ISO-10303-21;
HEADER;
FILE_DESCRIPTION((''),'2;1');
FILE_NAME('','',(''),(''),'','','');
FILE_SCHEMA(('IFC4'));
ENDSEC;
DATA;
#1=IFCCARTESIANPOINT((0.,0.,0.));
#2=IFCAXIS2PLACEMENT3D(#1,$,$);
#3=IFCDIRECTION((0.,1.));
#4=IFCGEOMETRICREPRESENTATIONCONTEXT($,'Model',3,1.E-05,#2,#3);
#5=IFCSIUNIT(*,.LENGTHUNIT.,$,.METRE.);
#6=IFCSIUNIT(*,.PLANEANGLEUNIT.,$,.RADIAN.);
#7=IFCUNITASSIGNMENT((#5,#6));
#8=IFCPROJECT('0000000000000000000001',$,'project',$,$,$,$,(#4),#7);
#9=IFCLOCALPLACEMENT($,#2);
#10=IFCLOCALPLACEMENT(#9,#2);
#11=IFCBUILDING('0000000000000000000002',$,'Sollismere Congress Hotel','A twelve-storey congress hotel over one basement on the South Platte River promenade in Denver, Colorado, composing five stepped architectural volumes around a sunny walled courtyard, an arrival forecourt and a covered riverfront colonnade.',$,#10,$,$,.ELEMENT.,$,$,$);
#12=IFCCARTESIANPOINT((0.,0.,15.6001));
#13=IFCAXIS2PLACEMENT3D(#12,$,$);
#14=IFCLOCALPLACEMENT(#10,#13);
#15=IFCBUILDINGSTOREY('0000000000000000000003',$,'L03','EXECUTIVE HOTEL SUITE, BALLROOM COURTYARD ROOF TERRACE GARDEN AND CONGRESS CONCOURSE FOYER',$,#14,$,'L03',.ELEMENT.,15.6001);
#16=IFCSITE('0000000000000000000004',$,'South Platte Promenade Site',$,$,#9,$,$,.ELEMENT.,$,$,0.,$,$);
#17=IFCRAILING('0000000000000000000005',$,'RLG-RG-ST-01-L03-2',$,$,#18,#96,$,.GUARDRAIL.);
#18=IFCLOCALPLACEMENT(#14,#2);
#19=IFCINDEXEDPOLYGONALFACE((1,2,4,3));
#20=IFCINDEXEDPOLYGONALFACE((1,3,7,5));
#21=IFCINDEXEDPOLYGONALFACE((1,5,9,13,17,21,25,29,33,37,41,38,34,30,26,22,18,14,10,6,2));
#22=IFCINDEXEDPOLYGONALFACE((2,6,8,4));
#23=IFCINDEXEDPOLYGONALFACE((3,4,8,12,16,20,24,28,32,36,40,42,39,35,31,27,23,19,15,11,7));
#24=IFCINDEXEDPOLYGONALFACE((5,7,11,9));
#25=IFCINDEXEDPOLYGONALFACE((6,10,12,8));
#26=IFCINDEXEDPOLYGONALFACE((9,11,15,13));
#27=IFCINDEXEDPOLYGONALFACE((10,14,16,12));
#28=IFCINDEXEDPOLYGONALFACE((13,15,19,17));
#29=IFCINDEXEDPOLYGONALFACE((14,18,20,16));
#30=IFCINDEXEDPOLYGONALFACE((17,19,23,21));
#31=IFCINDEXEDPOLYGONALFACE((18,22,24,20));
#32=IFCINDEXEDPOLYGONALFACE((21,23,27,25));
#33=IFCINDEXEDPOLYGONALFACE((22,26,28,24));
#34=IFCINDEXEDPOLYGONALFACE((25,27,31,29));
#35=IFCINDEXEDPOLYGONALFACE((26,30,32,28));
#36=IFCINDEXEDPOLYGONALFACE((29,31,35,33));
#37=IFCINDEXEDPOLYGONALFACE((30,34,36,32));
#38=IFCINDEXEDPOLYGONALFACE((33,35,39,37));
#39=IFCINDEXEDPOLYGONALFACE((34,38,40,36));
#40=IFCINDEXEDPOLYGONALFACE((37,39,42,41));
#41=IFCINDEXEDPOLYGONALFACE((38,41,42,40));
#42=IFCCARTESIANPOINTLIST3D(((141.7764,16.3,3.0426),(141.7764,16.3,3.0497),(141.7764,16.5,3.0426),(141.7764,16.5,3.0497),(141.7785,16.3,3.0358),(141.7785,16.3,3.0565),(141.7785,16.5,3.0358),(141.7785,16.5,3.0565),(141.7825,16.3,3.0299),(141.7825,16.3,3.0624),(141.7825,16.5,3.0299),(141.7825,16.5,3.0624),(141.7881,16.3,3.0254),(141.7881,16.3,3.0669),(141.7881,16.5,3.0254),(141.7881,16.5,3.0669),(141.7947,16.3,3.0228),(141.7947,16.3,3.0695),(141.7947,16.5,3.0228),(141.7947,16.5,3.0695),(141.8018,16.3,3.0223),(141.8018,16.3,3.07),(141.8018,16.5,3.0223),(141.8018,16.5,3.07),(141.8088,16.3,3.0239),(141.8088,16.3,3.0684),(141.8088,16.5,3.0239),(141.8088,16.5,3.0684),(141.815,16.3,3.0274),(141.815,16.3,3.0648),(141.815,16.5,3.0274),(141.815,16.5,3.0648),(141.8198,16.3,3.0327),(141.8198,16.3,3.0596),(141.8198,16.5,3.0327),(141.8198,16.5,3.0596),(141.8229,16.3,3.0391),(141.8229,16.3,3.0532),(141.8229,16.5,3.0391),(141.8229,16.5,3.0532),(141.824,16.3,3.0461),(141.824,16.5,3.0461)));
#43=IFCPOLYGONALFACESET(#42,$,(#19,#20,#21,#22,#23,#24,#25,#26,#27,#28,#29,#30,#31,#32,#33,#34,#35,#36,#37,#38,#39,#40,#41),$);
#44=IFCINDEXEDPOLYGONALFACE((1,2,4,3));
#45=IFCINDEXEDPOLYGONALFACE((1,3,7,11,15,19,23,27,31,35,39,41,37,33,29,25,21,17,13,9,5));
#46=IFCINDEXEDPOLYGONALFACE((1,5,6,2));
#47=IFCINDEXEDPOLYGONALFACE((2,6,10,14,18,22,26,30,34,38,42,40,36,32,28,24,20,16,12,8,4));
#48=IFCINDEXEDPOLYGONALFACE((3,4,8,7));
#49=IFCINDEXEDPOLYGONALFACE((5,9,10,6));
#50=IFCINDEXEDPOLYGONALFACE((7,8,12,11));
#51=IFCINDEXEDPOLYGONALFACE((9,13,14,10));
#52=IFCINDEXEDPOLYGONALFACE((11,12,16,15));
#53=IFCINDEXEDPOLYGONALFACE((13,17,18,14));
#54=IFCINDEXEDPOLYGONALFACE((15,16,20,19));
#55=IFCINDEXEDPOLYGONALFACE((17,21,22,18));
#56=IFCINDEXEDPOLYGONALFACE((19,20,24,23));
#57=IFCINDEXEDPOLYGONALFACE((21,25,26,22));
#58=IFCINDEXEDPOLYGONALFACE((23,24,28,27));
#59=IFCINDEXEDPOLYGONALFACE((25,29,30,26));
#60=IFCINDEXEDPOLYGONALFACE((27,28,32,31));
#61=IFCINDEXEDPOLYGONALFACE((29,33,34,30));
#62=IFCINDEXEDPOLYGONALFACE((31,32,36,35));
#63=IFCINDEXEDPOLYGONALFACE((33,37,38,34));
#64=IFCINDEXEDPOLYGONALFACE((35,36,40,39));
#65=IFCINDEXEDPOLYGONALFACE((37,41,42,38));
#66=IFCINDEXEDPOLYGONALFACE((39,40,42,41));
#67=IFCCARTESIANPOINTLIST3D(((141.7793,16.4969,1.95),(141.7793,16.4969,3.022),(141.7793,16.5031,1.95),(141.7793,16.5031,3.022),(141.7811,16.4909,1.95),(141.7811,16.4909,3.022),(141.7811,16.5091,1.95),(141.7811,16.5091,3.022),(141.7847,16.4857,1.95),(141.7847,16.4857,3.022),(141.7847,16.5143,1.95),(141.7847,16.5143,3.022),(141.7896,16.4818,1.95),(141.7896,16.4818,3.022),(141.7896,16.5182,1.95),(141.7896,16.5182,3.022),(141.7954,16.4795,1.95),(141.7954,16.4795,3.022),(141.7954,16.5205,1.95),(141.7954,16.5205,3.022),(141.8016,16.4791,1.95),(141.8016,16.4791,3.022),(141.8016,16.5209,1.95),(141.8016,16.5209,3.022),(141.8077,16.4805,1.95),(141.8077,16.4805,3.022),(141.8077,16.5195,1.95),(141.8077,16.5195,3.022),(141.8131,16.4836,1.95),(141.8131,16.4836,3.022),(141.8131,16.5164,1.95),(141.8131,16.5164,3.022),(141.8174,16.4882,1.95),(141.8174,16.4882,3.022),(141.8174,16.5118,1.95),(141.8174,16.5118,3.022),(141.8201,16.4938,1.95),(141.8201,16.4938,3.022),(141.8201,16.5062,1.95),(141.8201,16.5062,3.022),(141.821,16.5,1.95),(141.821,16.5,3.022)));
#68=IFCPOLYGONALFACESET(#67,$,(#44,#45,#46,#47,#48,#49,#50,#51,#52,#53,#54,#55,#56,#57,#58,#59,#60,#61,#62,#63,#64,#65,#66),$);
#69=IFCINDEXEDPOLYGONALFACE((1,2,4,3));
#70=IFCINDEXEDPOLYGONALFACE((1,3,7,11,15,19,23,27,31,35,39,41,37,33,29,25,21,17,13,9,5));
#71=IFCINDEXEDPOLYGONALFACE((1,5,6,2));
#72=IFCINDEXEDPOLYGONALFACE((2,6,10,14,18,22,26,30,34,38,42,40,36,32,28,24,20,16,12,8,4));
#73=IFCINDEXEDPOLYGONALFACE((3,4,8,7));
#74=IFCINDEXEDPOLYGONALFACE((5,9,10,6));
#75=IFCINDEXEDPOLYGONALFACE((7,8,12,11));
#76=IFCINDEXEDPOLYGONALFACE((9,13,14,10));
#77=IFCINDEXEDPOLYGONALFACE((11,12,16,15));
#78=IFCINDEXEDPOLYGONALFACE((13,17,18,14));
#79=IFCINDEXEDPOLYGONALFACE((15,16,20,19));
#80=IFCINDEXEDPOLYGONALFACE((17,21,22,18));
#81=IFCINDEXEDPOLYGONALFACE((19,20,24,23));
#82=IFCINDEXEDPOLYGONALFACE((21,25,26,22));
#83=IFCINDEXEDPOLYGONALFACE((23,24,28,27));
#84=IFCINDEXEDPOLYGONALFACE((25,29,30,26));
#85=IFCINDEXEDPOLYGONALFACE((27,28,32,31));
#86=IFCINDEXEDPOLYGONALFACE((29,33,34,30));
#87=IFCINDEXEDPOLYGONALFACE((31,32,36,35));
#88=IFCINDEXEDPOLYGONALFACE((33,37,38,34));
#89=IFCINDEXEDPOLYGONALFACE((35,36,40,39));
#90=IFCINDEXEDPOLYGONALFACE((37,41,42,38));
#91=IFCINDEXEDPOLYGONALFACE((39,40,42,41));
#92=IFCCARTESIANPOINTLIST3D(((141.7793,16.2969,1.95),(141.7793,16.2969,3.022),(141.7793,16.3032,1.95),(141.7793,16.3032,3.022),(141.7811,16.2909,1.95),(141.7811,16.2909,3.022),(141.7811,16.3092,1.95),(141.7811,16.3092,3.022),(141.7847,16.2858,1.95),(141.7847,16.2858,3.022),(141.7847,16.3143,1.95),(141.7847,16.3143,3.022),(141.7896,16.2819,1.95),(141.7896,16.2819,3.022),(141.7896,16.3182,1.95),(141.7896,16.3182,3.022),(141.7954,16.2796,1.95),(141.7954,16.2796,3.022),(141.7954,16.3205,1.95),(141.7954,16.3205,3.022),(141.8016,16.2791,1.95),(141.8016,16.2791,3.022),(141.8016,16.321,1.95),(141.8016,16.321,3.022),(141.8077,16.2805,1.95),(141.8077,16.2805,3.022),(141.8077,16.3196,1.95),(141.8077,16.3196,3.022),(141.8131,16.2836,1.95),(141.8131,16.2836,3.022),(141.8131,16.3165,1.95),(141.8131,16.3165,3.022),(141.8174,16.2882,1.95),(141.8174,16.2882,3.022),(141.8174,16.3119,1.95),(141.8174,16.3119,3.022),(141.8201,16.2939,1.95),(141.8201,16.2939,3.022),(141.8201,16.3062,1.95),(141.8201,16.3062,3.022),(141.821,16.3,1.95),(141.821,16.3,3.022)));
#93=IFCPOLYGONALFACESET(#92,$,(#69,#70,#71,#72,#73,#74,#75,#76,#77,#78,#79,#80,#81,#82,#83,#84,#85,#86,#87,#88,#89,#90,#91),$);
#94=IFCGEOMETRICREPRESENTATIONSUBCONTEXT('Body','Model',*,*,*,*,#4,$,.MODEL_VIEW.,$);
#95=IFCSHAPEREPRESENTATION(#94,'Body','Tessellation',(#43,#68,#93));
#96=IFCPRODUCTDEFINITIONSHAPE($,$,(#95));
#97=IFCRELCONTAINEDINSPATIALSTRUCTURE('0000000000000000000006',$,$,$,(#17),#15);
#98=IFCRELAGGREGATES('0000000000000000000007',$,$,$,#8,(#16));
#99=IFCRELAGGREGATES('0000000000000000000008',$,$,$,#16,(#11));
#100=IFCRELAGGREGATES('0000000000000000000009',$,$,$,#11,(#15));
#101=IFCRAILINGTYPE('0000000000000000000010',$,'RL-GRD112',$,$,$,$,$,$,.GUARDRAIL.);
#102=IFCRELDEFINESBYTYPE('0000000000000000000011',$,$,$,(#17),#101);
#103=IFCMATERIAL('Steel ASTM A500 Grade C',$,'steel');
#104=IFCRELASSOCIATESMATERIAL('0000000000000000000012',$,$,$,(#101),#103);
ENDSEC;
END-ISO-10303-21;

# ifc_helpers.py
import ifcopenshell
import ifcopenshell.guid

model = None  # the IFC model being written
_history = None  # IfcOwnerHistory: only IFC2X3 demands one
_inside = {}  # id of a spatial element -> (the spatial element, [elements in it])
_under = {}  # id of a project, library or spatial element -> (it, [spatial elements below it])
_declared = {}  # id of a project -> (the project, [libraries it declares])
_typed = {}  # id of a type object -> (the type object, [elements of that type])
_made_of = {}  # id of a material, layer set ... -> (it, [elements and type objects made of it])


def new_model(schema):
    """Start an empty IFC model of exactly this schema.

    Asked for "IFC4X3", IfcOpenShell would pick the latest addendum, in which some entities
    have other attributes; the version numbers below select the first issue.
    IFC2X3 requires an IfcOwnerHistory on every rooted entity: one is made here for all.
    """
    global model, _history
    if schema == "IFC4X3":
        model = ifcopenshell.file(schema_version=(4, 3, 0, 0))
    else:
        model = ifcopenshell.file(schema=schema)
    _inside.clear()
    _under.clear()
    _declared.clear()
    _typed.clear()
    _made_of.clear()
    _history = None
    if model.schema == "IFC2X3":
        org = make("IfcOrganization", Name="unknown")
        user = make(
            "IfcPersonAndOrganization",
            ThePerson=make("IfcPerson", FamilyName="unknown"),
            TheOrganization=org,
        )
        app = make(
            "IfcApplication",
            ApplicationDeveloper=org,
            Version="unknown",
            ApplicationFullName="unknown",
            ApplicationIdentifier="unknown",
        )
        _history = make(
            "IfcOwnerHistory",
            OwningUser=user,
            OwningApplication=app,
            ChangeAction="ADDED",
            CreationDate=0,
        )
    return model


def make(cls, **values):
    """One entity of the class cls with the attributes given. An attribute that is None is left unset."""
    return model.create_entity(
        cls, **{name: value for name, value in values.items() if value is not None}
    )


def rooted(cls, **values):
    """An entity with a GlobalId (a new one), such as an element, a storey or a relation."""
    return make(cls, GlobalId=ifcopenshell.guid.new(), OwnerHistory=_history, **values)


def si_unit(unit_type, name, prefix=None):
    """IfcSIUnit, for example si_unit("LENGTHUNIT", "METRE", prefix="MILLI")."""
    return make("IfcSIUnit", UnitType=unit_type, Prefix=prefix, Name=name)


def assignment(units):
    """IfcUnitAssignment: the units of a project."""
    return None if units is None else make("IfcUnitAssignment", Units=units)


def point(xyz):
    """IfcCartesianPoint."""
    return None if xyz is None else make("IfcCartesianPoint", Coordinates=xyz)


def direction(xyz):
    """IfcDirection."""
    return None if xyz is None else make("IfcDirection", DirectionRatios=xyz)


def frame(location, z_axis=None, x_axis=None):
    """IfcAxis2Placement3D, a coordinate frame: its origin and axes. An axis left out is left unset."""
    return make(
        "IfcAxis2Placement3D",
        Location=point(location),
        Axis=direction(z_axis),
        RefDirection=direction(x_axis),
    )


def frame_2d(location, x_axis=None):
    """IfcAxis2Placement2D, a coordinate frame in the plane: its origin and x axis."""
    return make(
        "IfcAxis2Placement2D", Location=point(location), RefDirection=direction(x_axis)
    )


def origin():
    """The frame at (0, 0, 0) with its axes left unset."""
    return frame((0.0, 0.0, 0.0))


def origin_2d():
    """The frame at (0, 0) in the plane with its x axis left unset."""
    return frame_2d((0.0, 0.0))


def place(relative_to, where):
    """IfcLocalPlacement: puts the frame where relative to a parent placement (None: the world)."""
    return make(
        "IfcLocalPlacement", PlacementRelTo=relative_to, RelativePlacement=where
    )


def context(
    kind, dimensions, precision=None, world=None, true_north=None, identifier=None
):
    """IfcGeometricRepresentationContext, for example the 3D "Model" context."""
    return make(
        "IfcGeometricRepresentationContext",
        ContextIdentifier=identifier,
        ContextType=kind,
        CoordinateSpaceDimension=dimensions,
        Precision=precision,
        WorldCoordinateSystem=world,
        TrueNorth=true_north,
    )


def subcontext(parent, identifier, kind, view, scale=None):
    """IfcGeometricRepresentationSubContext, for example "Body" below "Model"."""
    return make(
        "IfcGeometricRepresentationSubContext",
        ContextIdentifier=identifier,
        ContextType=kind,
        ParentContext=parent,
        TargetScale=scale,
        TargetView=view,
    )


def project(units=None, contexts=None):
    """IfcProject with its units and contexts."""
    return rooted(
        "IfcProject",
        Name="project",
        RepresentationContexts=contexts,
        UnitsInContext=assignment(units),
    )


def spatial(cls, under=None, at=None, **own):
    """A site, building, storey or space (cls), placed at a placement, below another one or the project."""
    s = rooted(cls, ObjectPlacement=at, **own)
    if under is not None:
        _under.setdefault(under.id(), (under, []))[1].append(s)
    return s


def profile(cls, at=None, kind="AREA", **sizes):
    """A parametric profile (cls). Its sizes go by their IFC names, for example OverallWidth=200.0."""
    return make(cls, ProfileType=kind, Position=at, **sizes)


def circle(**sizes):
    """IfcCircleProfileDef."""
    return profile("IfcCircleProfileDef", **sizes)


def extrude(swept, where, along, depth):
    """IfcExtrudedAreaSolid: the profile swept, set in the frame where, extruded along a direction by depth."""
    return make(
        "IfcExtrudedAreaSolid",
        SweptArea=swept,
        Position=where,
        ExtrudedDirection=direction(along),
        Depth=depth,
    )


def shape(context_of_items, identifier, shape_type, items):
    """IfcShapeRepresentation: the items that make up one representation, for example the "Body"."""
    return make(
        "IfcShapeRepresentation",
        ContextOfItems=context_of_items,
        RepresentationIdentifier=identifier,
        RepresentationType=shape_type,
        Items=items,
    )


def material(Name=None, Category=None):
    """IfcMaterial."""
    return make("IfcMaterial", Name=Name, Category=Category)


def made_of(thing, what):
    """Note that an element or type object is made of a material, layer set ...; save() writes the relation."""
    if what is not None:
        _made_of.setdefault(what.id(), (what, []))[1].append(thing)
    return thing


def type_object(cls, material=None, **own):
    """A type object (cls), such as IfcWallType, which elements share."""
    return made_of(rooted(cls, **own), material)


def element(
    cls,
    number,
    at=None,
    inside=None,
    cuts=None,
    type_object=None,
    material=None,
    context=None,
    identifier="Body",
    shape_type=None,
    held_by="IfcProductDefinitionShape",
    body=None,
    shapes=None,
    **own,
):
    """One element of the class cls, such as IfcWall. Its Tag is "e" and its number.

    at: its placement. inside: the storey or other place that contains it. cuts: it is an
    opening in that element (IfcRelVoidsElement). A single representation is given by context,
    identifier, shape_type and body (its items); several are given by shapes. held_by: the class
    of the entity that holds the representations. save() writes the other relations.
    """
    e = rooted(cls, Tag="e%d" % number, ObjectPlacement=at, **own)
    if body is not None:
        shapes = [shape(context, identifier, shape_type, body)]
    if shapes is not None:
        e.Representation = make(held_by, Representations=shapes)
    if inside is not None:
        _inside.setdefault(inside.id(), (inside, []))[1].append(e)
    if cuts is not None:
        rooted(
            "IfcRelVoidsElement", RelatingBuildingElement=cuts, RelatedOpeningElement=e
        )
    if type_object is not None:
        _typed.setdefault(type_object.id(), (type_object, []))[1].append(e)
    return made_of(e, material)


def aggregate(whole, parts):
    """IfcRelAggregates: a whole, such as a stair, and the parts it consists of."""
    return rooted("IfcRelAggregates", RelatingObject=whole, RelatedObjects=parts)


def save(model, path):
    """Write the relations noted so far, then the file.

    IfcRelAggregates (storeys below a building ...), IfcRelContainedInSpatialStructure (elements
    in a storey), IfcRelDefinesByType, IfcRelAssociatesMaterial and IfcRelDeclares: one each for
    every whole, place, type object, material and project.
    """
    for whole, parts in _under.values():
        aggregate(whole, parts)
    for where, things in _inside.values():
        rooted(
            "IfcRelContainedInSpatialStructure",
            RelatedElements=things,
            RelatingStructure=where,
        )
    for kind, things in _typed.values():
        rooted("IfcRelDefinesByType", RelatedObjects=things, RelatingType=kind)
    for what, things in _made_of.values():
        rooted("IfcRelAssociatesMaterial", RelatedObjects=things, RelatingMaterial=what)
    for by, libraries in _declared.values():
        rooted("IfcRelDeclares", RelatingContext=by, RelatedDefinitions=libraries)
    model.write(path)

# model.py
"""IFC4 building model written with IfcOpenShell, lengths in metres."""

from ifc_helpers import new_model, si_unit, direction, frame, origin, origin_2d, place, context, subcontext, project, spatial, circle, extrude, material, type_object, element, save


model = new_model("IFC4")

# Units and contexts
model_context = context("Model", 3, precision=1e-05, world=origin(), true_north=direction((0.0, 1.0)))
body_context = subcontext(model_context, "Body", "Model", "MODEL_VIEW")
ifc_project = project(units=[si_unit("LENGTHUNIT", "METRE"), si_unit("PLANEANGLEUNIT", "RADIAN")], contexts=[model_context])

# Site, building, storey
site_placement = place(None, origin())
site = spatial("IfcSite", under=ifc_project, at=site_placement, Name="South Platte Promenade Site", CompositionType="ELEMENT", RefElevation=0.0)
building_placement = place(site_placement, origin())
building = spatial("IfcBuilding", under=site, at=building_placement, Name="Sollismere Congress Hotel", Description="A twelve-storey congress hotel over one basement on the South Platte River promenade in Denver, Colorado, composing five stepped architectural volumes around a sunny walled courtyard, an arrival forecourt and a covered riverfront colonnade.", CompositionType="ELEMENT")
storey_placement = place(building_placement, frame((0.0, 0.0, 15.6001)))
storey = spatial("IfcBuildingStorey", under=building, at=storey_placement, Name="L03", Description="EXECUTIVE HOTEL SUITE, BALLROOM COURTYARD ROOF TERRACE GARDEN AND CONGRESS CONCOURSE FOYER", LongName="L03", CompositionType="ELEMENT", Elevation=15.6001)

# Railing
ifc_material_1 = material(Name="Steel ASTM A500 Grade C", Category="steel")
railing_type_1 = type_object("IfcRailingType", Name="RL-GRD112", PredefinedType="GUARDRAIL", material=ifc_material_1)
railing_1_placement = place(storey_placement, frame((141.8, 16.5, 1.95)))
element("IfcRailing", 1, at=railing_1_placement, inside=storey, type_object=railing_type_1, Name="RLG-RG-ST-01-L03-2", PredefinedType="GUARDRAIL", context=body_context, shape_type="SweptSolid", body=[
    extrude(circle(Radius=0.0239, at=origin_2d()), frame((0.0, 0.0, 1.0962), z_axis=(0.0, -1.0, 0.0), x_axis=(1.0, 0.0, 0.0)), (0.0, 0.0, 1.0), 0.2),
    extrude(circle(Radius=0.021, at=origin_2d()), origin(), (0.0, 0.0, 1.0), 1.072),
    extrude(circle(Radius=0.021, at=origin_2d()), frame((0.0, -0.2, 0.0)), (0.0, 0.0, 1.0), 1.072),
])

save(model, "model.ifc")
